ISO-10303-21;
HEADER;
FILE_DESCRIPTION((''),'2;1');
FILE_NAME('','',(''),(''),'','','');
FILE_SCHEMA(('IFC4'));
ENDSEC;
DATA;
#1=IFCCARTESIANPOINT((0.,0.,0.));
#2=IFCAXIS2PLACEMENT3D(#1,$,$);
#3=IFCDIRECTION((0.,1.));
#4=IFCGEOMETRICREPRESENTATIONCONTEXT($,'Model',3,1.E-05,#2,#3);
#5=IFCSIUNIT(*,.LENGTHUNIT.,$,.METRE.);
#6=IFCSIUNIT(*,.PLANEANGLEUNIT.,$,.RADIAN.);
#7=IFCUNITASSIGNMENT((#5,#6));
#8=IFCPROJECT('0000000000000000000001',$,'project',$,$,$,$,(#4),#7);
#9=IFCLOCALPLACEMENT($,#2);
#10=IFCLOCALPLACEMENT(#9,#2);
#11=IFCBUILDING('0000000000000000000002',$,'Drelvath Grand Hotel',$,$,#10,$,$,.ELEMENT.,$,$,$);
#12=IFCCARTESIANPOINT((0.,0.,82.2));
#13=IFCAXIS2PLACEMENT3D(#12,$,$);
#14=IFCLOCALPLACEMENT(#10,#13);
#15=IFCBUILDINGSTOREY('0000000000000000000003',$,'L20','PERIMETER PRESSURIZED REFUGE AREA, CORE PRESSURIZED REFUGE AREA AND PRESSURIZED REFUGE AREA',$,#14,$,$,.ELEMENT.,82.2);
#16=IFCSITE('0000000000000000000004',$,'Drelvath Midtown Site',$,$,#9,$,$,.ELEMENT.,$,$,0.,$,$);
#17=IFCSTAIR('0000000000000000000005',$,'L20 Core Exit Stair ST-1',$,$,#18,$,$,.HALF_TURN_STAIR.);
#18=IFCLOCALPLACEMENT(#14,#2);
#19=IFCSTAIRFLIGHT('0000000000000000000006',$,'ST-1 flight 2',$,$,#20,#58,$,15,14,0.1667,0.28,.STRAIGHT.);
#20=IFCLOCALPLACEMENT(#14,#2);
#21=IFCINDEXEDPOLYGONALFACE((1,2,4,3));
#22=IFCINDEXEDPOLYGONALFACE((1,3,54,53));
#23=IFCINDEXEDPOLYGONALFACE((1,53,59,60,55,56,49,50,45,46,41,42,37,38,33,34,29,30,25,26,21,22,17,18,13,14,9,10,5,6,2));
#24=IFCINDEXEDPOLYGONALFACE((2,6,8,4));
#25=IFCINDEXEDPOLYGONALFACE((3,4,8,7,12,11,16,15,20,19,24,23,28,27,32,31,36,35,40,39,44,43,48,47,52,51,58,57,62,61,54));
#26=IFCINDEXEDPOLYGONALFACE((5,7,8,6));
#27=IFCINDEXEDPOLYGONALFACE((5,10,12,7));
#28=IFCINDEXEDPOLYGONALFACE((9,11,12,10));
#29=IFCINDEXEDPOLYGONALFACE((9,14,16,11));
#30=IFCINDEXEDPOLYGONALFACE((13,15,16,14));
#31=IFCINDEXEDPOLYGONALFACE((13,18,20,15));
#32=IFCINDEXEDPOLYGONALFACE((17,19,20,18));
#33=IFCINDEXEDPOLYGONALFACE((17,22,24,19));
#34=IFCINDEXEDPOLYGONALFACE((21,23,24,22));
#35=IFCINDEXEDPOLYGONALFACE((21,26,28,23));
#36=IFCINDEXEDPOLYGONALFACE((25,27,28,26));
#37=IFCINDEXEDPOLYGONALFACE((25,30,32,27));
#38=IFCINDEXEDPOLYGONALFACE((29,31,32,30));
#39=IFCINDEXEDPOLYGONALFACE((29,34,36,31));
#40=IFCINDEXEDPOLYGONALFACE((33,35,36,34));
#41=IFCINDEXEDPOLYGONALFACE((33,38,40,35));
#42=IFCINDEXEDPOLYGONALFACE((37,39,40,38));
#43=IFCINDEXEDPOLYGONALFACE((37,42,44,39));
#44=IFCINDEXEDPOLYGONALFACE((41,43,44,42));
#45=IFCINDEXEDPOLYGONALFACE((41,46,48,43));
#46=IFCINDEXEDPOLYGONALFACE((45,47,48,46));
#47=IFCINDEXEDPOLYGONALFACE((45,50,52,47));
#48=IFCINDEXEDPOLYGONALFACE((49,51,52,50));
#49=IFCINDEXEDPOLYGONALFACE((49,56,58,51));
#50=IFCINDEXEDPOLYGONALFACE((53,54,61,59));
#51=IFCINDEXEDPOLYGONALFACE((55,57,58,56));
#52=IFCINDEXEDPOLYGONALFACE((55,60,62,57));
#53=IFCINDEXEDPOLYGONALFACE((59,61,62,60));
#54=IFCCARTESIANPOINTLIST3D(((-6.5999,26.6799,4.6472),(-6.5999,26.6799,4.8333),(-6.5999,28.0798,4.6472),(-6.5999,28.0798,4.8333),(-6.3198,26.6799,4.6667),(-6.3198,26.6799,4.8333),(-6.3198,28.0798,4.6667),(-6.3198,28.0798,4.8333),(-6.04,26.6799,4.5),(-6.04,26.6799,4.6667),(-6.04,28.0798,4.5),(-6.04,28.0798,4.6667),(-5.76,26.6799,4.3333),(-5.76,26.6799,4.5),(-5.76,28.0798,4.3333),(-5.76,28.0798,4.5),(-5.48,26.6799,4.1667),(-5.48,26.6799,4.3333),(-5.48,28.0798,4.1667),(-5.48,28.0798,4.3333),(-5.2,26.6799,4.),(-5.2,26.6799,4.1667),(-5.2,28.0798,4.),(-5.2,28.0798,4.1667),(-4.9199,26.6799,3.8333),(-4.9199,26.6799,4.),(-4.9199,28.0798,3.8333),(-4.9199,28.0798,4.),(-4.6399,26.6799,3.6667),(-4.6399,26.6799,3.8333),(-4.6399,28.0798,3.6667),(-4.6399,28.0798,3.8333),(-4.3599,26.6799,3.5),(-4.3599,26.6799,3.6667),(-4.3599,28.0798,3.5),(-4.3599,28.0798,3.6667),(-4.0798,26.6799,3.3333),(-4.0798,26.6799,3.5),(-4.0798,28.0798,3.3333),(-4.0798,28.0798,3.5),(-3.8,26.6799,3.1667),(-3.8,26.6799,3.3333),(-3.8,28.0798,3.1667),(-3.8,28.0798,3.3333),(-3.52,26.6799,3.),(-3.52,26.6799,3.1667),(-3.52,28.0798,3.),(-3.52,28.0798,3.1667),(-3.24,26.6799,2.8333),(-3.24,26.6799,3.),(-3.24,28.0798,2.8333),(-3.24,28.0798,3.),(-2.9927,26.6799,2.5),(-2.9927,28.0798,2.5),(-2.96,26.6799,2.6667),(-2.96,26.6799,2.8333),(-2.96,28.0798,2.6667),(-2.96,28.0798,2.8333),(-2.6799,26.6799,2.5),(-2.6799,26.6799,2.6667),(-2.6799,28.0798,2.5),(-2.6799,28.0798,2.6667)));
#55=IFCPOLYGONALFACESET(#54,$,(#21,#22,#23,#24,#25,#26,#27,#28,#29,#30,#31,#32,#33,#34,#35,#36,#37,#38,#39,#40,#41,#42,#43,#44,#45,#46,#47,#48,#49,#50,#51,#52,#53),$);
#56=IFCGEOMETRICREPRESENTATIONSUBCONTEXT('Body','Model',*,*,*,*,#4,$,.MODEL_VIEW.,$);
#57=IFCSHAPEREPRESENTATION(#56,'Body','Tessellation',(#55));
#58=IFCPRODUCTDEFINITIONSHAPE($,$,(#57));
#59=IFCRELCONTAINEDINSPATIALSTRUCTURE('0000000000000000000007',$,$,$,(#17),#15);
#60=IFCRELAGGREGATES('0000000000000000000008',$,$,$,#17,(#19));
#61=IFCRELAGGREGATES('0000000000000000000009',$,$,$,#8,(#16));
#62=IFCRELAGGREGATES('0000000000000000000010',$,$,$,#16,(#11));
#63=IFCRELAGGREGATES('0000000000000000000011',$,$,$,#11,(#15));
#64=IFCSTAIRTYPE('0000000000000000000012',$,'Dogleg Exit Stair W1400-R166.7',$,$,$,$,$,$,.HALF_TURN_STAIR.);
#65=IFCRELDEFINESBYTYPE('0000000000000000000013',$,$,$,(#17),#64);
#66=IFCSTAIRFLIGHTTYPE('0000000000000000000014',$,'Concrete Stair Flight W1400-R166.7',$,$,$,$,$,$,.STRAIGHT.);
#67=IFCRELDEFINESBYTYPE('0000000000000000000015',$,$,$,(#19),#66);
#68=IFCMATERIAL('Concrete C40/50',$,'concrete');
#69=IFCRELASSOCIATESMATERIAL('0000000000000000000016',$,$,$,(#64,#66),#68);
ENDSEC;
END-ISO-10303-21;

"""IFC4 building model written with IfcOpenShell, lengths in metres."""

from ifc_helpers import new_model, si_unit, direction, frame, origin, place, context, subcontext, project, spatial, polyline, outline, extrude, material, type_object, element, aggregate, save


model = new_model("IFC4")

# Units and contexts
model_context = context("Model", 3, precision=1e-05, world=origin(), true_north=direction((0.0, 1.0)))
body_context = subcontext(model_context, "Body", "Model", "MODEL_VIEW")
ifc_project = project(units=[si_unit("LENGTHUNIT", "METRE"), si_unit("PLANEANGLEUNIT", "RADIAN")], contexts=[model_context])

# Site, building, storey
site_placement = place(None, origin())
site = spatial("IfcSite", under=ifc_project, at=site_placement, Name="Drelvath Midtown Site", CompositionType="ELEMENT", RefElevation=0.0)
building_placement = place(site_placement, origin())
building = spatial("IfcBuilding", under=site, at=building_placement, Name="Drelvath Grand Hotel", CompositionType="ELEMENT")
storey_placement = place(building_placement, frame((0.0, 0.0, 82.2)))
storey = spatial("IfcBuildingStorey", under=building, at=storey_placement, Name="L20", Description="PERIMETER PRESSURIZED REFUGE AREA, CORE PRESSURIZED REFUGE AREA AND PRESSURIZED REFUGE AREA", CompositionType="ELEMENT", Elevation=82.2)

# Shared definitions
ifc_material_1 = material(Name="Concrete C40/50", Category="concrete")

# Stair, stair flight
stair_type = type_object("IfcStairType", Name="Dogleg Exit Stair W1400-R166.7", PredefinedType="HALF_TURN_STAIR", material=ifc_material_1)
stair_placement = place(storey_placement, origin())
stair = element("IfcStair", 1, at=stair_placement, inside=storey, type_object=stair_type, Name="L20 Core Exit Stair ST-1", PredefinedType="HALF_TURN_STAIR")
stair_flight_type = type_object("IfcStairFlightType", Name="Concrete Stair Flight W1400-R166.7", PredefinedType="STRAIGHT", material=ifc_material_1)
stair_flight_placement = place(storey_placement, frame((-2.6799, 27.3799, 2.5), z_axis=(0.0, 0.0, 1.0), x_axis=(-1.0, 0.0, 0.0)))
stair_flight = element("IfcStairFlight", 2, at=stair_flight_placement, type_object=stair_flight_type, Name="ST-1 flight 2", NumberOfRisers=15, NumberOfTreads=14, PredefinedType="STRAIGHT", RiserHeight=0.1667, TreadLength=0.28, context=body_context, shape_type="SweptSolid", body=[
    extrude(outline(polyline([(0.0, 0.0), (0.0, 0.1667), (0.28, 0.1667), (0.28, 0.3333), (0.5601, 0.3333), (0.5601, 0.5), (0.8401, 0.5), (0.8401, 0.6667), (1.1201, 0.6667), (1.1201, 0.8333), (1.3999, 0.8333), (1.3999, 1.0), (1.6799, 1.0), (1.6799, 1.1667), (1.96, 1.1667), (1.96, 1.3333), (2.24, 1.3333), (2.24, 1.5), (2.52, 1.5), (2.52, 1.6667), (2.8, 1.6667), (2.8, 1.8333), (3.0801, 1.8333), (3.0801, 2.0), (3.3601, 2.0), (3.3601, 2.1667), (3.6399, 2.1667), (3.6399, 2.3333), (3.9199, 2.3333), (3.9199, 2.5), (3.9199, 2.1472), (0.3127, 0.0), (0.0, 0.0)])), frame((0.0, 0.7, 0.0), z_axis=(0.0, -1.0, 0.0), x_axis=(1.0, 0.0, 0.0)), (0.0, 0.0, 1.0), 1.3999),
])
aggregate(stair, [stair_flight])

save(model, "model.ifc")
